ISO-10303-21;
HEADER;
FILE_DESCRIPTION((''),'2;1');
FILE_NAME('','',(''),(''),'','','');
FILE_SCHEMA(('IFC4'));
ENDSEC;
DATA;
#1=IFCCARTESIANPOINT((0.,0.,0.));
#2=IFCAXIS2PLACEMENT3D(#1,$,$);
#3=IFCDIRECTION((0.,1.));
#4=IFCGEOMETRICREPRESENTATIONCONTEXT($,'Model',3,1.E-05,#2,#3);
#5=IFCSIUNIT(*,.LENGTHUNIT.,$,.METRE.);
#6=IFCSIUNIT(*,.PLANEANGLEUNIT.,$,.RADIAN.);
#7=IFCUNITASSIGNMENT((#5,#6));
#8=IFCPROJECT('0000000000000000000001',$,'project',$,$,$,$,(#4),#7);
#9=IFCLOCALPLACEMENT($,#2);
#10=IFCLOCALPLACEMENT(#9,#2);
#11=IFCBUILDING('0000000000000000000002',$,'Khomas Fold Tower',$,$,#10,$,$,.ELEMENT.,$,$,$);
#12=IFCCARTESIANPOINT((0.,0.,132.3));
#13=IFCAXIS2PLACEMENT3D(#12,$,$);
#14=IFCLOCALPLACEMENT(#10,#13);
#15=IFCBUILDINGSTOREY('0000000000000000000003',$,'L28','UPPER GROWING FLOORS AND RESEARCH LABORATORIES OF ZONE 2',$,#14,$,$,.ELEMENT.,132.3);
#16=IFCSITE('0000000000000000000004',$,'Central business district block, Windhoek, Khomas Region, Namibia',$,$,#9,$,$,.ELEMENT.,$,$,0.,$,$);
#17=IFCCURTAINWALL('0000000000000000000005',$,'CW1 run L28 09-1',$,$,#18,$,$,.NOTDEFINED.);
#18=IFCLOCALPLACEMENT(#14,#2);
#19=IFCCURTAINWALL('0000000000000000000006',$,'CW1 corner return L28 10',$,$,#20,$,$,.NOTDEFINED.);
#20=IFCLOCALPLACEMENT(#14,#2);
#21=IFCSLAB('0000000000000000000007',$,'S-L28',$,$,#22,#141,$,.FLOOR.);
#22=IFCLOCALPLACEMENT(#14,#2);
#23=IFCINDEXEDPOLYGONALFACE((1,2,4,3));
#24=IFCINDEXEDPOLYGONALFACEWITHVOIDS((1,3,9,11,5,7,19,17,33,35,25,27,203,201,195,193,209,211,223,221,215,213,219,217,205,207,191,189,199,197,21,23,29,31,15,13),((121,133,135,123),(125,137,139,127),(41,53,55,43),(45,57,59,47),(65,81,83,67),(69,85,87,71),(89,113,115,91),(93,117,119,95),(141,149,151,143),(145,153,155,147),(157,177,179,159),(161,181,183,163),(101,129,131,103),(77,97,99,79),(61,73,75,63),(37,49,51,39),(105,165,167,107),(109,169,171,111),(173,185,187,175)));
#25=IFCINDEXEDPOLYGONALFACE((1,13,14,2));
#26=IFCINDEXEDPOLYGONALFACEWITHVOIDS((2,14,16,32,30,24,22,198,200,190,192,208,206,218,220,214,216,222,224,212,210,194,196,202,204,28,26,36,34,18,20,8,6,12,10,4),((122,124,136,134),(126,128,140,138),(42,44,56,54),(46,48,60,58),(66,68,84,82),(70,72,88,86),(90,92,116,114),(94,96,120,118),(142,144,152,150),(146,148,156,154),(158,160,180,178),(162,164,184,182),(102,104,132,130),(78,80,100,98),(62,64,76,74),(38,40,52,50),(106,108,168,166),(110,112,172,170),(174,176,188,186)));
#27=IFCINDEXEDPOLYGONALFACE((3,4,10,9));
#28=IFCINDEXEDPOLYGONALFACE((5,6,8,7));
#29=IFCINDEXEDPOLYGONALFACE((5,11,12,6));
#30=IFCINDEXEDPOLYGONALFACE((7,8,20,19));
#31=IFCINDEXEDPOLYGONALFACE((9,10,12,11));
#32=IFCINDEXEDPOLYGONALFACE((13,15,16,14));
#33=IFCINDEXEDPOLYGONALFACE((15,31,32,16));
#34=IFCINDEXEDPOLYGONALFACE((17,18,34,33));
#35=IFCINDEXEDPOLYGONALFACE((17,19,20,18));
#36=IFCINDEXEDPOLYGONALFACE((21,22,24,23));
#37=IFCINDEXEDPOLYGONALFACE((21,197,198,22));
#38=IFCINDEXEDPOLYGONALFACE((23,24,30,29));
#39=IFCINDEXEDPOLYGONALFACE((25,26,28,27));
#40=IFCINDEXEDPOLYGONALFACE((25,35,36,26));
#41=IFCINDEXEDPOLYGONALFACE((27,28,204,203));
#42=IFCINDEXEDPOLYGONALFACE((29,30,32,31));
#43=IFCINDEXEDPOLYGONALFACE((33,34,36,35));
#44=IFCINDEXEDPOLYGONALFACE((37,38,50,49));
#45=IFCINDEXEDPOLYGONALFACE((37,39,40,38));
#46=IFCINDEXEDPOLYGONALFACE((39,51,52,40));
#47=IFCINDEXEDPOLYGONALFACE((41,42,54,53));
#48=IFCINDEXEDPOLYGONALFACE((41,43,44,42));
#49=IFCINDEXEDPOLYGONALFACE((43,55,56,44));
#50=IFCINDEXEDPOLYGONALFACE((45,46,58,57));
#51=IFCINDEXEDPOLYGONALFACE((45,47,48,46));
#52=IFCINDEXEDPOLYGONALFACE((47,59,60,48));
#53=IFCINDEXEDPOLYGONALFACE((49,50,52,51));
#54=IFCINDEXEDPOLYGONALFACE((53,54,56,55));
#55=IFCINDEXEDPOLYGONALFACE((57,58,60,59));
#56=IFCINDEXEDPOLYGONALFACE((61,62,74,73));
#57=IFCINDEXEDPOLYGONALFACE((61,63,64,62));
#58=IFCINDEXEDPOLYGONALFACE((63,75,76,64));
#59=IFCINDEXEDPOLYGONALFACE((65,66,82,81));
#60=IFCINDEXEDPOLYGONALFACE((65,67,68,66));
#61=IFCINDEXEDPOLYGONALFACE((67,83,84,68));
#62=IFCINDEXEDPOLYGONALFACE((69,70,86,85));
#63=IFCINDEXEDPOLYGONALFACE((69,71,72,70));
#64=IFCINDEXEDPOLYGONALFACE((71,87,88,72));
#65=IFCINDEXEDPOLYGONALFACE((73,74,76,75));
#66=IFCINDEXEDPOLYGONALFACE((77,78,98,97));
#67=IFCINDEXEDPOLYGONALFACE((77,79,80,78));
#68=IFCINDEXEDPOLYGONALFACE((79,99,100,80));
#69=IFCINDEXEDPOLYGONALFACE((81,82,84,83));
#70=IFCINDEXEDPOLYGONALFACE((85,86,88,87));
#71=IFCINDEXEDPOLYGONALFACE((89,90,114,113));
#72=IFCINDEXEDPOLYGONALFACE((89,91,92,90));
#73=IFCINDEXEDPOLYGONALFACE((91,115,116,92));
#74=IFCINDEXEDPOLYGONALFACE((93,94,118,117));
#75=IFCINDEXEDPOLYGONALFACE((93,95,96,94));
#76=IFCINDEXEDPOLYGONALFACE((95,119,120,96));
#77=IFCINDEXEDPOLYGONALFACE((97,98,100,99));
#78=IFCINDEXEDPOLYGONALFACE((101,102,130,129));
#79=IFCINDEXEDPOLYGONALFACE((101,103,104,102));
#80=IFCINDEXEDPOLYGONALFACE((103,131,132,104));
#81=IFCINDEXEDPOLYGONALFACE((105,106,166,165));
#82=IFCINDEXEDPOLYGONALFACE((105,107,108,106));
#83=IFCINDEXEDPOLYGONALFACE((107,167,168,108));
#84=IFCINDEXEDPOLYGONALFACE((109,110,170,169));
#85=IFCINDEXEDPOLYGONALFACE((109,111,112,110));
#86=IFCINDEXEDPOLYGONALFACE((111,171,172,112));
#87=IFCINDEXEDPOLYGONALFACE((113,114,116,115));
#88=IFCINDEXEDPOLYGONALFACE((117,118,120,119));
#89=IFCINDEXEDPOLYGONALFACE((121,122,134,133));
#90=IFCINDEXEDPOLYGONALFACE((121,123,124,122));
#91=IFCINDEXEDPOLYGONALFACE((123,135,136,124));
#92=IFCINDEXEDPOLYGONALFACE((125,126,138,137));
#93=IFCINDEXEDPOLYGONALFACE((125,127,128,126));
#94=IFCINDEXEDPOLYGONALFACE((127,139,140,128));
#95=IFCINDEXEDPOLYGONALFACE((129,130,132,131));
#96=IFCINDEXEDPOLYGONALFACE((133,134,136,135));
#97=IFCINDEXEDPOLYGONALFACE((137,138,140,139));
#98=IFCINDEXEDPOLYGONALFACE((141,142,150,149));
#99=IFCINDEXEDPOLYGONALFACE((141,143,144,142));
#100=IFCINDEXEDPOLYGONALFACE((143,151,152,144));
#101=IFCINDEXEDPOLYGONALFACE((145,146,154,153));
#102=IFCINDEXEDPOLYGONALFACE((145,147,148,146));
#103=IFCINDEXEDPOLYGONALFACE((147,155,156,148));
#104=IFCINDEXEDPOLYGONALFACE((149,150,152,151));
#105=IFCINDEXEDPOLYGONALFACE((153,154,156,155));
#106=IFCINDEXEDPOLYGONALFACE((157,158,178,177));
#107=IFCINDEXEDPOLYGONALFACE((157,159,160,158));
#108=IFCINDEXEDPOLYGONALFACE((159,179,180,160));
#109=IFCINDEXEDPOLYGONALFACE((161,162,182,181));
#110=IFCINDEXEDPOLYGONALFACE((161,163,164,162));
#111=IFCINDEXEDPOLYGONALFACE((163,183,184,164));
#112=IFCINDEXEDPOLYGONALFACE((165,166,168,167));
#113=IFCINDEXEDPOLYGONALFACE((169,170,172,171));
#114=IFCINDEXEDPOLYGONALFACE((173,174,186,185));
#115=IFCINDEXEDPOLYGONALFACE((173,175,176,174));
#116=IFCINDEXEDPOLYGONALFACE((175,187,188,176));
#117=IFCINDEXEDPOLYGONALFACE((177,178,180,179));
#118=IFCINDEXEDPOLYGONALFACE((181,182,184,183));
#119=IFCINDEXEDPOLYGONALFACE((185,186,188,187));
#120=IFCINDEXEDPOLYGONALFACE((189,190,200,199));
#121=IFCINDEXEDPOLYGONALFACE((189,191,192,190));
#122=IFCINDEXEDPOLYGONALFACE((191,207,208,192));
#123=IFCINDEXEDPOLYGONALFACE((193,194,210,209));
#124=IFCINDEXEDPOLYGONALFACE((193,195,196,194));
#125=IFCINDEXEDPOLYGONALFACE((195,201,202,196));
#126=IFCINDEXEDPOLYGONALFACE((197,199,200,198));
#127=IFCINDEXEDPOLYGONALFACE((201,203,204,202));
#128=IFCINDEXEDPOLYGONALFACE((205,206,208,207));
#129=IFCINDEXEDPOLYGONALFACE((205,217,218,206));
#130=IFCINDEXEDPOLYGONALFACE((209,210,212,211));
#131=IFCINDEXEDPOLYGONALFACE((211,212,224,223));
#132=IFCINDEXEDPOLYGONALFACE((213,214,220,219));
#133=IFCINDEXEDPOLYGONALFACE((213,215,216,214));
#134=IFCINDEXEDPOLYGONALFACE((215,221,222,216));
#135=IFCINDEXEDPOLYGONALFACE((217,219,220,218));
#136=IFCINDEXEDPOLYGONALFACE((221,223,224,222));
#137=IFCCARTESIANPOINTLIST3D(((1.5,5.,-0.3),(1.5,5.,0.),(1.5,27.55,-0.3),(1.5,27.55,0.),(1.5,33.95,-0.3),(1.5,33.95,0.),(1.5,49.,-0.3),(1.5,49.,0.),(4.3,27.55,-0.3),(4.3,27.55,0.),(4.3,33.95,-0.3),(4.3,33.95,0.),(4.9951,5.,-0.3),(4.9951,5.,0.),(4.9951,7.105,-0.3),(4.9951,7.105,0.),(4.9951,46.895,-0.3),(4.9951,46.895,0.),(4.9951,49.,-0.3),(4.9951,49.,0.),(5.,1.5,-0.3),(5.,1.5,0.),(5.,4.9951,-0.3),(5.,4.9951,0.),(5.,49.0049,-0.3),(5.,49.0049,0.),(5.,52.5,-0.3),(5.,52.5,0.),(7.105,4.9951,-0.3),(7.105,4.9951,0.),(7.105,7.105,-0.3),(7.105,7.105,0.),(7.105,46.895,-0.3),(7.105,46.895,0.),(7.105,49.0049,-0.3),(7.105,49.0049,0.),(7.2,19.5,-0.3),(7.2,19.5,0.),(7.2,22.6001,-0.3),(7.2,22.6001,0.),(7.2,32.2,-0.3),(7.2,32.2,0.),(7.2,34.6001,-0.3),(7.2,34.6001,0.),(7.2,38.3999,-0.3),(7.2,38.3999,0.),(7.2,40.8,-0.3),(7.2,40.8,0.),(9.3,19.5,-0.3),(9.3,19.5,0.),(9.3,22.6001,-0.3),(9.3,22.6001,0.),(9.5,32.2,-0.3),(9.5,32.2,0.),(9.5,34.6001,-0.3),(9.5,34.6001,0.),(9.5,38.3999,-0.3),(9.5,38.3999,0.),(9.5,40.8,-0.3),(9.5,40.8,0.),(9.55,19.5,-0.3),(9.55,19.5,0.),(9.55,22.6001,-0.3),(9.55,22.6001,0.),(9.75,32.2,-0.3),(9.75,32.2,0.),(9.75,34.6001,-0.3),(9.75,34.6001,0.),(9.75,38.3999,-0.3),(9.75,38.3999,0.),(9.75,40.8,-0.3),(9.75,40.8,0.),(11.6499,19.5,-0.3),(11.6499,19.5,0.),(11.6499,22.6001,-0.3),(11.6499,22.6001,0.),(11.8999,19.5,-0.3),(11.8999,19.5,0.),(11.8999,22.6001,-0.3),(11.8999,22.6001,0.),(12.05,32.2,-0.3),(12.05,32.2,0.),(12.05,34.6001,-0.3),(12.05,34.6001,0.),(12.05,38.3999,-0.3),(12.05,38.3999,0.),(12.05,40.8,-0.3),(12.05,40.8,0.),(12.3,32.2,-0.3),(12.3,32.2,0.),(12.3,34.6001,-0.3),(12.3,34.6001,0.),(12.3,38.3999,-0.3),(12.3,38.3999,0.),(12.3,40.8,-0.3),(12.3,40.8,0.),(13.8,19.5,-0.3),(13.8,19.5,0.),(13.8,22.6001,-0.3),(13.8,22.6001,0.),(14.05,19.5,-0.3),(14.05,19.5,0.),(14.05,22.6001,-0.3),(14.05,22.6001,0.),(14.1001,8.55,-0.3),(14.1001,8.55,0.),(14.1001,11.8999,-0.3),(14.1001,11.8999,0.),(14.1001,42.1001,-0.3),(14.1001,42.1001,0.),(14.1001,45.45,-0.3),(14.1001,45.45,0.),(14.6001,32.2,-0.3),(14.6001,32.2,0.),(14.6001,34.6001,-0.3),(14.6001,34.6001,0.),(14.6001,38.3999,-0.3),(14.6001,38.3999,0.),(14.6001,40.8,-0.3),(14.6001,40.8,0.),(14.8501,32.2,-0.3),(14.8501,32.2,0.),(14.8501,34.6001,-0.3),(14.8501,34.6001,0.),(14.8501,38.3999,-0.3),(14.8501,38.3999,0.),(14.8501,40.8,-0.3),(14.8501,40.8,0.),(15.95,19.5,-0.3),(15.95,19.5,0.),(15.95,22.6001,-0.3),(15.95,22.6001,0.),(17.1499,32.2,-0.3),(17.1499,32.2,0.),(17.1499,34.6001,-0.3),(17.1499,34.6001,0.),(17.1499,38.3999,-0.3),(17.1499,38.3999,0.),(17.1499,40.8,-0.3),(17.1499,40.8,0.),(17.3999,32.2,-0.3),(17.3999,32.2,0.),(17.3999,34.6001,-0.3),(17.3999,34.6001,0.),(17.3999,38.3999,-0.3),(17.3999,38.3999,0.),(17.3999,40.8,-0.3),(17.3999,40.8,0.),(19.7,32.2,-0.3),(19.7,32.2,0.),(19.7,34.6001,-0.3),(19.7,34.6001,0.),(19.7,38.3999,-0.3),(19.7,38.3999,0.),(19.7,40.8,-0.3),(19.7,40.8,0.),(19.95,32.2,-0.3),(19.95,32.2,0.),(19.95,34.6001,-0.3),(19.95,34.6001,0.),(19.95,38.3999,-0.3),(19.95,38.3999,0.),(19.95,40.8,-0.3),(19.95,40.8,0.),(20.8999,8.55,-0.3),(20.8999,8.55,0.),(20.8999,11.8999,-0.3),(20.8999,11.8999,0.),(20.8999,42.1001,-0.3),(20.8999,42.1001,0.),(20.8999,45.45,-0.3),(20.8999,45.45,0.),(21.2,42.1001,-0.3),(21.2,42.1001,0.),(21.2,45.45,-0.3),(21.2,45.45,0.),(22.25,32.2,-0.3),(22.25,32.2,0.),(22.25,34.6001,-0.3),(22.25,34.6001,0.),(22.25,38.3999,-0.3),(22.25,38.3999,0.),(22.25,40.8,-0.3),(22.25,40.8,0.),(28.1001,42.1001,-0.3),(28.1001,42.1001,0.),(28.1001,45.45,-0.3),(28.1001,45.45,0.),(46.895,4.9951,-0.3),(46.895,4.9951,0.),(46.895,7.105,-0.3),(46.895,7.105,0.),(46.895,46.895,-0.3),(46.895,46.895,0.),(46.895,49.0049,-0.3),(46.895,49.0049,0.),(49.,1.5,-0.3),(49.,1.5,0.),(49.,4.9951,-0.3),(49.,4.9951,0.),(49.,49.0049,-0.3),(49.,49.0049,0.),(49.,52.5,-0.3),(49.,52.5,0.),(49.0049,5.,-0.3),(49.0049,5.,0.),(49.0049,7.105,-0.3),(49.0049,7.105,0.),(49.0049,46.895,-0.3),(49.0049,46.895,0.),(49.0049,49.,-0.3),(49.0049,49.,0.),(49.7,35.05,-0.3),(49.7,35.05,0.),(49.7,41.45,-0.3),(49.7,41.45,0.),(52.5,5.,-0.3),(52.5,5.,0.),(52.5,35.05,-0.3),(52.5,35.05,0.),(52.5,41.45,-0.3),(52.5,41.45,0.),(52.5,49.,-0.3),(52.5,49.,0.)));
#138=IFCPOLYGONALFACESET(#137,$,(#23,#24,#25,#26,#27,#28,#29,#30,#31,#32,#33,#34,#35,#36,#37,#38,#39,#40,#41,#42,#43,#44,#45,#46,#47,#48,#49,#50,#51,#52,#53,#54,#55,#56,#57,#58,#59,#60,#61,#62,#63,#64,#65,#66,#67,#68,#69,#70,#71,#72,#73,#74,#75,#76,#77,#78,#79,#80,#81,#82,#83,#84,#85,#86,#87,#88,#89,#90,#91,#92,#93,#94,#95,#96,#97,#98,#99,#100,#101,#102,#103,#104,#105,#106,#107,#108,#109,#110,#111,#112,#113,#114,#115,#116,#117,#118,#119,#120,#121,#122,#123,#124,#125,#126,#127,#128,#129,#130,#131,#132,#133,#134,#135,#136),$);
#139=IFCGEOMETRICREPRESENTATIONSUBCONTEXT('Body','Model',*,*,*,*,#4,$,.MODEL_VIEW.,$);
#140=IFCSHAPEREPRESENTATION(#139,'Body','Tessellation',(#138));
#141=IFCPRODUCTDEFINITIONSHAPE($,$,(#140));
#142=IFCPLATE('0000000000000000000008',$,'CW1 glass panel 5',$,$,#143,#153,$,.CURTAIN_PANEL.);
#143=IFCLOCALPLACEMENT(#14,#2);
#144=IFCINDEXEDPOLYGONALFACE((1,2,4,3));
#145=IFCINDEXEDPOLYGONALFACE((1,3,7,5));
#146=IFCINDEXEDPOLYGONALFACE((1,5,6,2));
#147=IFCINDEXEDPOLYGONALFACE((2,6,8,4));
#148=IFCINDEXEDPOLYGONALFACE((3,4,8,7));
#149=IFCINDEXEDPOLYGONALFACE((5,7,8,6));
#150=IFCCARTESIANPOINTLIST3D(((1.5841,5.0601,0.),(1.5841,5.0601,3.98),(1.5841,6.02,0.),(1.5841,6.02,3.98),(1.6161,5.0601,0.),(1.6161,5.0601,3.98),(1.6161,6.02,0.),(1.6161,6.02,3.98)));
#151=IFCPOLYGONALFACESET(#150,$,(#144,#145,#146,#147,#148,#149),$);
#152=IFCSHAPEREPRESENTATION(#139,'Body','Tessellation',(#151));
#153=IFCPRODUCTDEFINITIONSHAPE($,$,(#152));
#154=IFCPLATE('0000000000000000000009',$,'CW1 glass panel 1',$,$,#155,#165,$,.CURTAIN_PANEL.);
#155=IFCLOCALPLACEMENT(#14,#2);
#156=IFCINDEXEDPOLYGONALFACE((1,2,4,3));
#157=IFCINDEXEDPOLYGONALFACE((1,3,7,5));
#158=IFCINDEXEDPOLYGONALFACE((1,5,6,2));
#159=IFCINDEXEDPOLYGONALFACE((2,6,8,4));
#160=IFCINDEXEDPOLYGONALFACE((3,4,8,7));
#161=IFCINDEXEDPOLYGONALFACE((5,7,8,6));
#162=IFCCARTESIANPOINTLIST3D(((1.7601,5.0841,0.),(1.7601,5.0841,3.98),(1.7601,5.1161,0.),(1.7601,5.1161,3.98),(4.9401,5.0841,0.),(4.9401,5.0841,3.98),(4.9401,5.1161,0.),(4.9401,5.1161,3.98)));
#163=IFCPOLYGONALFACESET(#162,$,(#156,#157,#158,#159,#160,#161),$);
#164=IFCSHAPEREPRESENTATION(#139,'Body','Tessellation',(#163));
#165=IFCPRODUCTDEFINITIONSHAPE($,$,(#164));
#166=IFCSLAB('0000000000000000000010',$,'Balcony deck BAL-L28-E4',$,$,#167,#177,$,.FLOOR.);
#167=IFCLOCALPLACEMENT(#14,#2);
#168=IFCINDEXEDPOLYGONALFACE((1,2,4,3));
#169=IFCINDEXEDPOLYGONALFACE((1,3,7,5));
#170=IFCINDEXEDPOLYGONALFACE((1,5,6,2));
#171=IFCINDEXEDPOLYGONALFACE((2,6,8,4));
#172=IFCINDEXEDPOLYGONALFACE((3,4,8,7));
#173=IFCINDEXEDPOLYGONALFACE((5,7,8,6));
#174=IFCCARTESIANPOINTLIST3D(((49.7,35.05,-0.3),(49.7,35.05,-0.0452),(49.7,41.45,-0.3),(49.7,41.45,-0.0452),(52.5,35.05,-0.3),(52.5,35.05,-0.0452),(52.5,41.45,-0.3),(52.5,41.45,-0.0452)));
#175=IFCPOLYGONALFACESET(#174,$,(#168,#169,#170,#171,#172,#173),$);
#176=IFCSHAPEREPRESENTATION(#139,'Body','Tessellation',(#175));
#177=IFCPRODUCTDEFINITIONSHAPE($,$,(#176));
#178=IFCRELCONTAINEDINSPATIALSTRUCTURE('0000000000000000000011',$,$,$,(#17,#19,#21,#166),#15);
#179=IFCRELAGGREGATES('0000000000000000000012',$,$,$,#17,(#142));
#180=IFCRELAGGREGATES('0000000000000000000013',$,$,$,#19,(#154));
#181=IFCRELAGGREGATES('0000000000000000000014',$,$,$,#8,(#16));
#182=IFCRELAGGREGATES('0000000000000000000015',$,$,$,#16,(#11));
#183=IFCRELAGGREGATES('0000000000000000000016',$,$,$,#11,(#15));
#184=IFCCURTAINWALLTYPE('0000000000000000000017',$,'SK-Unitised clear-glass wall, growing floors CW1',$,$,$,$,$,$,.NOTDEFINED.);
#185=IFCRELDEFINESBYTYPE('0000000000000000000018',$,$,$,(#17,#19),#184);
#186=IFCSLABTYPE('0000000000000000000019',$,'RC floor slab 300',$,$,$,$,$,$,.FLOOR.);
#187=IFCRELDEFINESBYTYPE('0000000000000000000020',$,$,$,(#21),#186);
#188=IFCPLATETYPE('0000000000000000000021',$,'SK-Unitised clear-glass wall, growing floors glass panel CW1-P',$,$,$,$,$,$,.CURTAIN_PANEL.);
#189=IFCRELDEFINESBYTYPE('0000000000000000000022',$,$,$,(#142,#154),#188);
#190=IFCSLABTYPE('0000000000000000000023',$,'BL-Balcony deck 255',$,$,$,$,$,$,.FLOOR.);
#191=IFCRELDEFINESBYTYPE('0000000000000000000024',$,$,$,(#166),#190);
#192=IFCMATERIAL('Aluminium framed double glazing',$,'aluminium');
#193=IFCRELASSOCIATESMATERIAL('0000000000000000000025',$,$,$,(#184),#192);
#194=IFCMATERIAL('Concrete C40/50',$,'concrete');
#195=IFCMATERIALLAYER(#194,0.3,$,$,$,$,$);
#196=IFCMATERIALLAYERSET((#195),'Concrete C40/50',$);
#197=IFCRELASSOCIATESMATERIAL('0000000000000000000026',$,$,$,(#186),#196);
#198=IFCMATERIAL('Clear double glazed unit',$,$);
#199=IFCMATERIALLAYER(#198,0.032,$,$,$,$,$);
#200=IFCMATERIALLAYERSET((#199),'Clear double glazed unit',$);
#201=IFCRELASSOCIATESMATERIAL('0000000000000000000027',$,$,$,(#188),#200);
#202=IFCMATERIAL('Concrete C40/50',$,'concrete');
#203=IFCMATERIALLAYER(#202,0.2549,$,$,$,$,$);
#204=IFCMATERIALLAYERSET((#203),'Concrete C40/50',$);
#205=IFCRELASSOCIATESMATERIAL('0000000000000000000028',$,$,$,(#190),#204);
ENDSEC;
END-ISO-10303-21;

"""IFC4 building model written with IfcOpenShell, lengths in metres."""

from ifc_helpers import new_model, si_unit, direction, frame, origin, origin_2d, place, context, subcontext, project, spatial, polyline, rectangle, outline, extrude, source, transform, mapped, material, layer, layer_set, type_object, element, aggregate, save


model = new_model("IFC4")

# Units and contexts
model_context = context("Model", 3, precision=1e-05, world=origin(), true_north=direction((0.0, 1.0)))
body_context = subcontext(model_context, "Body", "Model", "MODEL_VIEW")
ifc_project = project(units=[si_unit("LENGTHUNIT", "METRE"), si_unit("PLANEANGLEUNIT", "RADIAN")], contexts=[model_context])

# Site, building, storey
site_placement = place(None, origin())
site = spatial("IfcSite", under=ifc_project, at=site_placement, Name="Central business district block, Windhoek, Khomas Region, Namibia", CompositionType="ELEMENT", RefElevation=0.0)
building_placement = place(site_placement, origin())
building = spatial("IfcBuilding", under=site, at=building_placement, Name="Khomas Fold Tower", CompositionType="ELEMENT")
storey_placement = place(building_placement, frame((0.0, 0.0, 132.3)))
storey = spatial("IfcBuildingStorey", under=building, at=storey_placement, Name="L28", Description="UPPER GROWING FLOORS AND RESEARCH LABORATORIES OF ZONE 2", CompositionType="ELEMENT", Elevation=132.3)

# Curtain walls
ifc_material_1 = material(Name="Aluminium framed double glazing", Category="aluminium")
curtain_wall_type = type_object("IfcCurtainWallType", Name="SK-Unitised clear-glass wall, growing floors CW1", PredefinedType="NOTDEFINED", material=ifc_material_1)
curtain_wall_1_placement = place(storey_placement, origin())
curtain_wall_1 = element("IfcCurtainWall", 1, at=curtain_wall_1_placement, inside=storey, type_object=curtain_wall_type, Name="CW1 run L28 09-1", PredefinedType="NOTDEFINED")
curtain_wall_2_placement = place(storey_placement, origin())
curtain_wall_2 = element("IfcCurtainWall", 2, at=curtain_wall_2_placement, inside=storey, type_object=curtain_wall_type, Name="CW1 corner return L28 10", PredefinedType="NOTDEFINED")

# Slab
ifc_material_2 = material(Name="Concrete C40/50", Category="concrete")
ifc_layer_1 = layer(ifc_material_2, 0.3)
ifc_layer_set_1 = layer_set([ifc_layer_1], Name="Concrete C40/50")
slab_type_1 = type_object("IfcSlabType", Name="RC floor slab 300", PredefinedType="FLOOR", material=ifc_layer_set_1)
shared_shape_1 = source(origin(), body_context, "Body", "SweptSolid", [
    extrude(outline(polyline([(1.5, 5.0), (4.9951, 5.0), (4.9951, 7.105), (7.105, 7.105), (7.105, 4.9951), (5.0, 4.9951), (5.0, 1.5), (49.0, 1.5), (49.0, 4.9951), (46.895, 4.9951), (46.895, 7.105), (49.0049, 7.105), (49.0049, 5.0), (52.5, 5.0), (52.5, 35.05), (49.7, 35.05), (49.7, 41.45), (52.5, 41.45), (52.5, 49.0), (49.0049, 49.0), (49.0049, 46.895), (46.895, 46.895), (46.895, 49.0049), (49.0, 49.0049), (49.0, 52.5), (5.0, 52.5), (5.0, 49.0049), (7.105, 49.0049), (7.105, 46.895), (4.9951, 46.895), (4.9951, 49.0), (1.5, 49.0), (1.5, 33.95), (4.3, 33.95), (4.3, 27.55), (1.5, 27.55), (1.5, 5.0)]), holes=[polyline([(7.2, 19.5), (7.2, 22.6001), (9.3, 22.6001), (9.3, 19.5), (7.2, 19.5)]), polyline([(7.2, 32.2), (7.2, 34.6001), (9.5, 34.6001), (9.5, 32.2), (7.2, 32.2)]), polyline([(7.2, 38.3999), (7.2, 40.8), (9.5, 40.8), (9.5, 38.3999), (7.2, 38.3999)]), polyline([(9.55, 19.5), (9.55, 22.6001), (11.6499, 22.6001), (11.6499, 19.5), (9.55, 19.5)]), polyline([(9.75, 32.2), (9.75, 34.6001), (12.05, 34.6001), (12.05, 32.2), (9.75, 32.2)]), polyline([(9.75, 38.3999), (9.75, 40.8), (12.05, 40.8), (12.05, 38.3999), (9.75, 38.3999)]), polyline([(11.8999, 19.5), (11.8999, 22.6001), (13.8, 22.6001), (13.8, 19.5), (11.8999, 19.5)]), polyline([(12.3, 32.2), (12.3, 34.6001), (14.6001, 34.6001), (14.6001, 32.2), (12.3, 32.2)]), polyline([(12.3, 38.3999), (12.3, 40.8), (14.6001, 40.8), (14.6001, 38.3999), (12.3, 38.3999)]), polyline([(14.05, 19.5), (14.05, 22.6001), (15.95, 22.6001), (15.95, 19.5), (14.05, 19.5)]), polyline([(14.1001, 8.55), (14.1001, 11.8999), (20.8999, 11.8999), (20.8999, 8.55), (14.1001, 8.55)]), polyline([(14.1001, 42.1001), (14.1001, 45.45), (20.8999, 45.45), (20.8999, 42.1001), (14.1001, 42.1001)]), polyline([(14.8501, 32.2), (14.8501, 34.6001), (17.1499, 34.6001), (17.1499, 32.2), (14.8501, 32.2)]), polyline([(14.8501, 38.3999), (14.8501, 40.8), (17.1499, 40.8), (17.1499, 38.3999), (14.8501, 38.3999)]), polyline([(17.3999, 32.2), (17.3999, 34.6001), (19.7, 34.6001), (19.7, 32.2), (17.3999, 32.2)]), polyline([(17.3999, 38.3999), (17.3999, 40.8), (19.7, 40.8), (19.7, 38.3999), (17.3999, 38.3999)]), polyline([(19.95, 32.2), (19.95, 34.6001), (22.25, 34.6001), (22.25, 32.2), (19.95, 32.2)]), polyline([(19.95, 38.3999), (19.95, 40.8), (22.25, 40.8), (22.25, 38.3999), (19.95, 38.3999)]), polyline([(21.2, 42.1001), (21.2, 45.45), (28.1001, 45.45), (28.1001, 42.1001), (21.2, 42.1001)])]), origin(), (0.0, 0.0, 1.0), 0.3),
])
slab_1_placement = place(storey_placement, frame((0.0, 0.0, -0.3)))
element("IfcSlab", 3, at=slab_1_placement, inside=storey, type_object=slab_type_1, Name="S-L28", PredefinedType="FLOOR", context=body_context, shape_type="MappedRepresentation", body=[
    mapped(shared_shape_1, transform((0.0, 0.0, 0.0))),
])

# Plates
ifc_material_3 = material(Name="Clear double glazed unit")
ifc_layer_2 = layer(ifc_material_3, 0.032)
ifc_layer_set_2 = layer_set([ifc_layer_2], Name="Clear double glazed unit")
plate_type = type_object("IfcPlateType", Name="SK-Unitised clear-glass wall, growing floors glass panel CW1-P", PredefinedType="CURTAIN_PANEL", material=ifc_layer_set_2)
shared_shape_2 = source(origin(), body_context, "Body", "SweptSolid", [
    extrude(rectangle(XDim=0.96, YDim=0.032, at=origin_2d()), origin(), (0.0, 0.0, 1.0), 3.98),
])
plate_1_placement = place(storey_placement, frame((1.6001, 5.54, 0.0), z_axis=(0.0, 0.0, 1.0), x_axis=(0.0, -1.0, 0.0)))
plate_1 = element("IfcPlate", 4, at=plate_1_placement, type_object=plate_type, Name="CW1 glass panel 5", PredefinedType="CURTAIN_PANEL", context=body_context, shape_type="MappedRepresentation", body=[
    mapped(shared_shape_2, transform((0.0, 0.0, 0.0))),
])
aggregate(curtain_wall_1, [plate_1])
shared_shape_3 = source(origin(), body_context, "Body", "SweptSolid", [
    extrude(rectangle(XDim=3.1799, YDim=0.032, at=origin_2d()), origin(), (0.0, 0.0, 1.0), 3.98),
])
plate_2_placement = place(storey_placement, frame((3.3501, 5.1001, 0.0), z_axis=(0.0, 0.0, 1.0), x_axis=(1.0, 0.0, 0.0)))
plate_2 = element("IfcPlate", 5, at=plate_2_placement, type_object=plate_type, Name="CW1 glass panel 1", PredefinedType="CURTAIN_PANEL", context=body_context, shape_type="MappedRepresentation", body=[
    mapped(shared_shape_3, transform((0.0, 0.0, 0.0))),
])
aggregate(curtain_wall_2, [plate_2])

# Slab
ifc_material_4 = material(Name="Concrete C40/50", Category="concrete")
ifc_layer_3 = layer(ifc_material_4, 0.2549)
ifc_layer_set_3 = layer_set([ifc_layer_3], Name="Concrete C40/50")
slab_type_2 = type_object("IfcSlabType", Name="BL-Balcony deck 255", PredefinedType="FLOOR", material=ifc_layer_set_3)
shared_shape_4 = source(origin(), body_context, "Body", "SweptSolid", [
    extrude(outline(polyline([(49.7, 35.05), (52.5, 35.05), (52.5, 41.45), (49.7, 41.45), (49.7, 35.05)])), origin(), (0.0, 0.0, 1.0), 0.2549),
])
slab_2_placement = place(storey_placement, frame((0.0, 0.0, -0.3)))
element("IfcSlab", 6, at=slab_2_placement, inside=storey, type_object=slab_type_2, Name="Balcony deck BAL-L28-E4", PredefinedType="FLOOR", context=body_context, shape_type="MappedRepresentation", body=[
    mapped(shared_shape_4, transform((0.0, 0.0, 0.0))),
])

save(model, "model.ifc")
